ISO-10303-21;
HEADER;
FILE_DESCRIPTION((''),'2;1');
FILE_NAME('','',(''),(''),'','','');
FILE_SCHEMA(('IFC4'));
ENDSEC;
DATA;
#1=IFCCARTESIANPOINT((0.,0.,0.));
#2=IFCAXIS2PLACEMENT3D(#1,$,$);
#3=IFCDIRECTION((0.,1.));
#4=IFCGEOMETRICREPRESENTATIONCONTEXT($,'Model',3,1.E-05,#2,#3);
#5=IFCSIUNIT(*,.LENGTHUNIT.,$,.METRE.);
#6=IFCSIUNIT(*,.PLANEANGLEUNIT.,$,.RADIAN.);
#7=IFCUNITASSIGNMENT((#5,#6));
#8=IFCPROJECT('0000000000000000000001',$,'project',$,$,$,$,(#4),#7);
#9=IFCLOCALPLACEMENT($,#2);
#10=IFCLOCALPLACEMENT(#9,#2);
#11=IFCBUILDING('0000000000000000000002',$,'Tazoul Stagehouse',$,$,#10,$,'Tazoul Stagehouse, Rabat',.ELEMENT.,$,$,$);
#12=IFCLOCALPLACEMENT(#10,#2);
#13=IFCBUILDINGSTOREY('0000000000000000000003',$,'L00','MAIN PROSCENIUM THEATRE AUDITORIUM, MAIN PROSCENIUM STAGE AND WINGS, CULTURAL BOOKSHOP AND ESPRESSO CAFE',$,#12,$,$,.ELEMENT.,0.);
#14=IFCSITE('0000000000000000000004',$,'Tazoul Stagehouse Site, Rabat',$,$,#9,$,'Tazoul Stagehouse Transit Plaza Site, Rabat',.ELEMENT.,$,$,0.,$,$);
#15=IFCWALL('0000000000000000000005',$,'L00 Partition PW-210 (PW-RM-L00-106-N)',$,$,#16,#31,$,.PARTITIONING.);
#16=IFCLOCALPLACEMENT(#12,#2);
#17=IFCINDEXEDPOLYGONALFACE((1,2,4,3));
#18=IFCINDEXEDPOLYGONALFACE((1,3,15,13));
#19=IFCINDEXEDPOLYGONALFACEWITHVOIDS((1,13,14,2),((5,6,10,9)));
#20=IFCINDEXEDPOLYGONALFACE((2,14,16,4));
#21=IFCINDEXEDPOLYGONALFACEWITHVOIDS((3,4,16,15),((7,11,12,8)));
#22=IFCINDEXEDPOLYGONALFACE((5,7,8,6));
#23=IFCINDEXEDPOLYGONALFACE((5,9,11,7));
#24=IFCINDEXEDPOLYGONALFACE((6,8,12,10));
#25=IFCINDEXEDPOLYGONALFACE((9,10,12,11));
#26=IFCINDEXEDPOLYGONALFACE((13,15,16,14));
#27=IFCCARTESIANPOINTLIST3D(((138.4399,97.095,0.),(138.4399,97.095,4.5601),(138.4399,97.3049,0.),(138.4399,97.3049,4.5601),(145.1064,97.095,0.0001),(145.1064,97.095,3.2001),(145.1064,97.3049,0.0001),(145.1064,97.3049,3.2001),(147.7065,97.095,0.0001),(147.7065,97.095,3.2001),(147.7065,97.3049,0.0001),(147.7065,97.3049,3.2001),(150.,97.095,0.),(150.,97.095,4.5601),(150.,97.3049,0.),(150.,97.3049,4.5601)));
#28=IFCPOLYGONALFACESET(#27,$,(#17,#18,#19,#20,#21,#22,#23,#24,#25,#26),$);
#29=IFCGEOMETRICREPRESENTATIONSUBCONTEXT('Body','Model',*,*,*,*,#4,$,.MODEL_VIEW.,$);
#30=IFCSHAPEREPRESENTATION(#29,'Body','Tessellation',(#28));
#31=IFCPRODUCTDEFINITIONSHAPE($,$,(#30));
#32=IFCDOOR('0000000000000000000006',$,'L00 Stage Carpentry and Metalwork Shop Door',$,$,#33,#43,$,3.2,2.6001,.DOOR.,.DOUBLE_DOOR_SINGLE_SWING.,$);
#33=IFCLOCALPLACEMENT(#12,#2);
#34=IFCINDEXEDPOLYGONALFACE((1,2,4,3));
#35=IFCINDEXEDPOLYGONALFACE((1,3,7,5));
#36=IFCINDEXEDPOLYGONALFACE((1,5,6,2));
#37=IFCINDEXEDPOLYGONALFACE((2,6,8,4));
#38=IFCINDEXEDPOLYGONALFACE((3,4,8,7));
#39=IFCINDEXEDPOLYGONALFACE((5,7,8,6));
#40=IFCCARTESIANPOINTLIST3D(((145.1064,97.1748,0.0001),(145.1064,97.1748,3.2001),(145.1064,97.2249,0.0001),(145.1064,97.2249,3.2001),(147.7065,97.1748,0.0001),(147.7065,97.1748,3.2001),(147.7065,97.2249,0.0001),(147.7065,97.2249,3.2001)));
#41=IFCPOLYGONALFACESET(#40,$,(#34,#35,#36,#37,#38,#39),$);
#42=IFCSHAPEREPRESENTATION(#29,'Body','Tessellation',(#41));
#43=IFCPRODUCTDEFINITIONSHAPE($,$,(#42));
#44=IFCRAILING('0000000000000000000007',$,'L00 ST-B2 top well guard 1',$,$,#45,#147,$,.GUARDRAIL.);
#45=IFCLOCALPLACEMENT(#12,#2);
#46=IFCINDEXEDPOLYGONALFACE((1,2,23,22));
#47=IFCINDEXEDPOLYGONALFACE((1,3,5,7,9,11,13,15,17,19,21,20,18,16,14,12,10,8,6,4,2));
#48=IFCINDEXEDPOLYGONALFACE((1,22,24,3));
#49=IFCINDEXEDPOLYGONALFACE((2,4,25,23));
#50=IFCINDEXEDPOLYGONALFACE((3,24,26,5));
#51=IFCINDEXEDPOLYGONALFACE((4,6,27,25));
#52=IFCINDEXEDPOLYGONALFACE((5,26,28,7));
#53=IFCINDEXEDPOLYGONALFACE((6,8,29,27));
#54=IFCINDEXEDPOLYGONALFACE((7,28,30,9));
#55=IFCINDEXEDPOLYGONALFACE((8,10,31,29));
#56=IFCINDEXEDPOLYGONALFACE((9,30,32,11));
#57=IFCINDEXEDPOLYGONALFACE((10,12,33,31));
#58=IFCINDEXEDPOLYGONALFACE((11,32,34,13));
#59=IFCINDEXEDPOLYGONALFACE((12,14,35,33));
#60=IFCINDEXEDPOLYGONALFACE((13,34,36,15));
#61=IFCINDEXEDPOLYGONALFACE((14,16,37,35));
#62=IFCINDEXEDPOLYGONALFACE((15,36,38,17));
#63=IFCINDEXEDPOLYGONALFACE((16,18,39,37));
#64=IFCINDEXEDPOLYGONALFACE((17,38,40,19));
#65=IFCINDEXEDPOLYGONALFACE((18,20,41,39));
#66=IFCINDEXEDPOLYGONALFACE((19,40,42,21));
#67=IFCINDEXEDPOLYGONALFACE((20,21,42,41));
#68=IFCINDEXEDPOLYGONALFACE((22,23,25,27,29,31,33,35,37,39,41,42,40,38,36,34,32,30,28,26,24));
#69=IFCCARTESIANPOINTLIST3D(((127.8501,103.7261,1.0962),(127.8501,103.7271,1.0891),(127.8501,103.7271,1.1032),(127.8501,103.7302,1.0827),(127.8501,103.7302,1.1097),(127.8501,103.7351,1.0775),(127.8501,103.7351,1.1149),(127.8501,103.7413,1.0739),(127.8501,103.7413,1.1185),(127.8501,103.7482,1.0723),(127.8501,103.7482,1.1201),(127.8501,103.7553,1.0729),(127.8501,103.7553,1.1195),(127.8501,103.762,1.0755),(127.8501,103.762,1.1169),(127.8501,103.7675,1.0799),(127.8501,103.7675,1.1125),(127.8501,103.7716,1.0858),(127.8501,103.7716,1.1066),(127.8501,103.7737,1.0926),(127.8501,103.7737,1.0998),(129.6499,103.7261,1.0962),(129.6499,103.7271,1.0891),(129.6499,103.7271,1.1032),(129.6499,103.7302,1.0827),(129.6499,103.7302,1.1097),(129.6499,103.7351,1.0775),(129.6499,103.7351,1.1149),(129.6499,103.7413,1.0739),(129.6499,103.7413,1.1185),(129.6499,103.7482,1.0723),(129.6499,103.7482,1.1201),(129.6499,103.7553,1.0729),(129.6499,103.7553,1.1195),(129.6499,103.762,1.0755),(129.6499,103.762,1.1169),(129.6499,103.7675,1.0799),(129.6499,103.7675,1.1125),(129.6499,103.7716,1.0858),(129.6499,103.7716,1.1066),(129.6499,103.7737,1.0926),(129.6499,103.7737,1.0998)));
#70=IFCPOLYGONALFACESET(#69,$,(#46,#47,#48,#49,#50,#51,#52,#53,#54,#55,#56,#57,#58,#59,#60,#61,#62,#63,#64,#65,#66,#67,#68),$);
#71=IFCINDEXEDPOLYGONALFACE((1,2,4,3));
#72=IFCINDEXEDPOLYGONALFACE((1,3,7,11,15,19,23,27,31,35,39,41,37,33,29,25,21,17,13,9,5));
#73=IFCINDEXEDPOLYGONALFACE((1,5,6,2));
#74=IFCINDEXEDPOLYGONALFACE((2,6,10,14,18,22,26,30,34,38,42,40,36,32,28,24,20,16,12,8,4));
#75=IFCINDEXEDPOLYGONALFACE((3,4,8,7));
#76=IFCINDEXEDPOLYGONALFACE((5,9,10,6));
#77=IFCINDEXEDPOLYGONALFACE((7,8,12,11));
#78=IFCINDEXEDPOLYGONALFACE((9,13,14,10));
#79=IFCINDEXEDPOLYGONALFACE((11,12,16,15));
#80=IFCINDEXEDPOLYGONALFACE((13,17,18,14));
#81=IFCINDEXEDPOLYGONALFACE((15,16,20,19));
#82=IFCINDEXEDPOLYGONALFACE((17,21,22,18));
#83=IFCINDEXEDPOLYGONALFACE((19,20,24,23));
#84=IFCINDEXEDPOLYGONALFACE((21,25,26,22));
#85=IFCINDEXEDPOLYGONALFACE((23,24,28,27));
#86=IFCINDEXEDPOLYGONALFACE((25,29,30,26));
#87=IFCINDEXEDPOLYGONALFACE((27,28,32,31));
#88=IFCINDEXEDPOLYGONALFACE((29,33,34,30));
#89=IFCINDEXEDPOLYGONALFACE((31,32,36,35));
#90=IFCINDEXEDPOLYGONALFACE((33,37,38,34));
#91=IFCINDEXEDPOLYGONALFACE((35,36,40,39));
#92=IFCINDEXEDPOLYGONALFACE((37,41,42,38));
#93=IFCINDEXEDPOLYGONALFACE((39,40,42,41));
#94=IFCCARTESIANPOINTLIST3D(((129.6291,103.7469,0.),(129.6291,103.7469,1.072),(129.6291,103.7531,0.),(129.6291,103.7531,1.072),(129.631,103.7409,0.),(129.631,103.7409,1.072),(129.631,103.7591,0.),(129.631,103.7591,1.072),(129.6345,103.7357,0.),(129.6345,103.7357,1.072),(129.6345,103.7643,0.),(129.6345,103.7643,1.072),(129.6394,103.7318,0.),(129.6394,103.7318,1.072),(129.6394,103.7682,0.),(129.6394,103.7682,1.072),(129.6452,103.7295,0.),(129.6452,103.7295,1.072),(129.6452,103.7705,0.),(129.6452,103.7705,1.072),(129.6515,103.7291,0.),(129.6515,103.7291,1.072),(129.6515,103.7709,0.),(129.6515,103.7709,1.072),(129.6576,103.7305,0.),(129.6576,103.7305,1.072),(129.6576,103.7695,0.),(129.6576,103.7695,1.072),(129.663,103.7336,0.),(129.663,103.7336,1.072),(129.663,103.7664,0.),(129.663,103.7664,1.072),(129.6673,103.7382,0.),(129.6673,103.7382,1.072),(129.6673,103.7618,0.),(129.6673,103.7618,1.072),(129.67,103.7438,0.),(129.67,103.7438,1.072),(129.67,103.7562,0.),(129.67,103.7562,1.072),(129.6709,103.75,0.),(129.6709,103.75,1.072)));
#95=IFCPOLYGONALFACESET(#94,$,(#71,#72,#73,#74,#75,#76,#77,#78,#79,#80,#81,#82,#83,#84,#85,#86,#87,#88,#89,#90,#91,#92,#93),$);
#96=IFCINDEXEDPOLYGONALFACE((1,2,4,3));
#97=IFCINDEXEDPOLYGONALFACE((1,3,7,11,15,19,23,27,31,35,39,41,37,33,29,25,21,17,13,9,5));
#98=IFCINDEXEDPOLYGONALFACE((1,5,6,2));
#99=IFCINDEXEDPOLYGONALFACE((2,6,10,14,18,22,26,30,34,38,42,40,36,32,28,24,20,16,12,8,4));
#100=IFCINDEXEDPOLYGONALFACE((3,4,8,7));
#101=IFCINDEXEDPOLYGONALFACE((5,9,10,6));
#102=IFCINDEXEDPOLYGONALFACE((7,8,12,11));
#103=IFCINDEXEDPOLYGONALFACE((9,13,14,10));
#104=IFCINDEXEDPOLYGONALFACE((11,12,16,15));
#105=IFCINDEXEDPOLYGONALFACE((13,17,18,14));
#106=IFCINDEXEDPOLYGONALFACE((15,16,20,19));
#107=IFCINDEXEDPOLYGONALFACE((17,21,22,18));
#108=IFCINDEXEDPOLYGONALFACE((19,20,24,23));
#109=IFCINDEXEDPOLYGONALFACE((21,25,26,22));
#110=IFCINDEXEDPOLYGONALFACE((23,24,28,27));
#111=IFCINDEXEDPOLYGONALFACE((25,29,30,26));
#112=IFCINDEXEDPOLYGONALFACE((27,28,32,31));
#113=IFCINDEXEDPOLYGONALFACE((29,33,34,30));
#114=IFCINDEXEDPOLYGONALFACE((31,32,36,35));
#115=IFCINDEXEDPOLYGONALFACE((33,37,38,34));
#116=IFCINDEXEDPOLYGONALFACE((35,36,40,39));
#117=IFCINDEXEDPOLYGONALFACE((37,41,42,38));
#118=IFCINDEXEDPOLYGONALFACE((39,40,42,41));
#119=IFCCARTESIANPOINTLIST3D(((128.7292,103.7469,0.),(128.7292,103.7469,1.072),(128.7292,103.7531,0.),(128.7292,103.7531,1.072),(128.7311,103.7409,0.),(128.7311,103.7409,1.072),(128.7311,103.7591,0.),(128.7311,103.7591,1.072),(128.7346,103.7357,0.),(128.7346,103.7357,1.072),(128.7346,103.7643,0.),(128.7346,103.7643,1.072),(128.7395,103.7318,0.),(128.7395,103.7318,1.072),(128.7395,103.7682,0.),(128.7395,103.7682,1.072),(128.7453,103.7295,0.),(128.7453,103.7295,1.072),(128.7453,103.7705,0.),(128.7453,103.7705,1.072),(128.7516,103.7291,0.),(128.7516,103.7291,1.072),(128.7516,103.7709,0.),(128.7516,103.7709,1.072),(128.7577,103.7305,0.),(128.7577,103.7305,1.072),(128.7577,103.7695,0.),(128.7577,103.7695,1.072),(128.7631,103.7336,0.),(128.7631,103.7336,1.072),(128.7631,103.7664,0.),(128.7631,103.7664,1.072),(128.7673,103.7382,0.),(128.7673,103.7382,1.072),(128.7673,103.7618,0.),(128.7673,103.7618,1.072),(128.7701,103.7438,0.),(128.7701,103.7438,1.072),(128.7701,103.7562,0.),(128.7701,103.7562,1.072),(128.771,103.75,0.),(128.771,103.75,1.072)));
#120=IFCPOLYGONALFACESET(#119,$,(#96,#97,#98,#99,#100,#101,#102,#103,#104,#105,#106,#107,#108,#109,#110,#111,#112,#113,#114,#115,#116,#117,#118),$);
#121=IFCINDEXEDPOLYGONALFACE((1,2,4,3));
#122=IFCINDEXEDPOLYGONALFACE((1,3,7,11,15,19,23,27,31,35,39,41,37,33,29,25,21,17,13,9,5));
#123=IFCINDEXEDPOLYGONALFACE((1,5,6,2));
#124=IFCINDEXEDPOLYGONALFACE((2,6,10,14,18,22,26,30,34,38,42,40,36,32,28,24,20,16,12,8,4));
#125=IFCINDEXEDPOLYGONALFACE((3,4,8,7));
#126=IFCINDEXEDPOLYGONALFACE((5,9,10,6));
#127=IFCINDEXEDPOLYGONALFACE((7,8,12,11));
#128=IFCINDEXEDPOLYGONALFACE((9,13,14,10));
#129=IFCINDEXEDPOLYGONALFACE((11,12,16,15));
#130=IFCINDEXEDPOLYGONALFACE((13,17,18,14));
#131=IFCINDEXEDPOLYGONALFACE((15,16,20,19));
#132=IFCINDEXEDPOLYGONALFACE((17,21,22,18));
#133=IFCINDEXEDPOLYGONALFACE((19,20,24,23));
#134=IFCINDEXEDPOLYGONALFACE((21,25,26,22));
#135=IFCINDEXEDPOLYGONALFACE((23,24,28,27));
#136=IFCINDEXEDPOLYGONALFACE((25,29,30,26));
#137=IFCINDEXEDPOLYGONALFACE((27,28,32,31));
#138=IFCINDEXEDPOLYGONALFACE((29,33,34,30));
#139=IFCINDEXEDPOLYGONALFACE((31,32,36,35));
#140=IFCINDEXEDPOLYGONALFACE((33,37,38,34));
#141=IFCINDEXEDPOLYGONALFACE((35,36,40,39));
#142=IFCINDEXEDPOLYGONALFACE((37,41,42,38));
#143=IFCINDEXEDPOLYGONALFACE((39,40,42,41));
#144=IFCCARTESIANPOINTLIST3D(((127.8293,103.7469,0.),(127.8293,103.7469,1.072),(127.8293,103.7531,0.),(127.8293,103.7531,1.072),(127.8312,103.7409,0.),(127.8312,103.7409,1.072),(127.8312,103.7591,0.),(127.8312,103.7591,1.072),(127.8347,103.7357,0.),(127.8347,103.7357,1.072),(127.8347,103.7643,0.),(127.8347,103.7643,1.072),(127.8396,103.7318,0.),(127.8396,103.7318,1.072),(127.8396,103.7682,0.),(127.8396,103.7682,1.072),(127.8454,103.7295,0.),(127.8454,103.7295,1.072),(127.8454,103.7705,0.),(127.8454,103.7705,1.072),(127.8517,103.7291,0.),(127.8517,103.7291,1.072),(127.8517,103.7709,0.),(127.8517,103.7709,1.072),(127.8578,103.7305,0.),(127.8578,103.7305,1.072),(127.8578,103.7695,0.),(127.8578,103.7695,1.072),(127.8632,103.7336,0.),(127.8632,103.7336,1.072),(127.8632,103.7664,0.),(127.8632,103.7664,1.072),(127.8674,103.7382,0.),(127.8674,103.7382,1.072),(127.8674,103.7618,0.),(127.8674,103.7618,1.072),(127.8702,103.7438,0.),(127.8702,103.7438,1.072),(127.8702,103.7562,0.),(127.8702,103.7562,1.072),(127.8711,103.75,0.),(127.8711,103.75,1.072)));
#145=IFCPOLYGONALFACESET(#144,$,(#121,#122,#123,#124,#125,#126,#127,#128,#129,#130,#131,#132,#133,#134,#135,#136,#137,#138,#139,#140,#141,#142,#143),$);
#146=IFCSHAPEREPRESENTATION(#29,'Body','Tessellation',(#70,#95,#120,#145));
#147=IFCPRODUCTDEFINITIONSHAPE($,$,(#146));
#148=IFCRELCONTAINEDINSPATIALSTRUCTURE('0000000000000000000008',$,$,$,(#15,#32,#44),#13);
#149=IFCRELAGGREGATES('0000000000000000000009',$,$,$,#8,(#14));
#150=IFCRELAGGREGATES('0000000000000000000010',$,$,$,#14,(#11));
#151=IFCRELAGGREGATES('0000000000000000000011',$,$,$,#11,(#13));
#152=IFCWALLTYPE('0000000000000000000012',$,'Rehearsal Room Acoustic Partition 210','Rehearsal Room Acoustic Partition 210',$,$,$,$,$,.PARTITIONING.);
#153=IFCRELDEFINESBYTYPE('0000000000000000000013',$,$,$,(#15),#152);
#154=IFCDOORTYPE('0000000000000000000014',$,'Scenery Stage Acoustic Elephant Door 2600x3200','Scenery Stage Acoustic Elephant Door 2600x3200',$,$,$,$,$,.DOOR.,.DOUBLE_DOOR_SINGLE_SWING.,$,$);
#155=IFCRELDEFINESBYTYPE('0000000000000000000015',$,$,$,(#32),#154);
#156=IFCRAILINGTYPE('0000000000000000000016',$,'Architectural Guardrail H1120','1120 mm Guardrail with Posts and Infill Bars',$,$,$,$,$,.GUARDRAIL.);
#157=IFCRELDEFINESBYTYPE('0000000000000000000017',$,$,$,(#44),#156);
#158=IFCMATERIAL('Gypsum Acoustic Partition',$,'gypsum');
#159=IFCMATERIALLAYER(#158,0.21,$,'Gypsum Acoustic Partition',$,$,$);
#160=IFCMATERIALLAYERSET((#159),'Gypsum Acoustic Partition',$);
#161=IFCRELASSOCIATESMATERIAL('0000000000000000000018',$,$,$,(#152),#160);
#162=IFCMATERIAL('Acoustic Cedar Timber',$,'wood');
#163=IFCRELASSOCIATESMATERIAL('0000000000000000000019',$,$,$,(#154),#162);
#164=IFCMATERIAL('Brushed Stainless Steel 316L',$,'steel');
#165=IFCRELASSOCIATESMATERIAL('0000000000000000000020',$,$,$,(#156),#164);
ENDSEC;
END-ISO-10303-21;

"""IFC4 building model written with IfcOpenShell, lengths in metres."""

from ifc_helpers import new_model, si_unit, direction, frame, frame_2d, origin, origin_2d, place, context, subcontext, project, spatial, rectangle, circle, extrude, material, layer, layer_set, material_profile, profile_set, type_object, element, fill, save


model = new_model("IFC4")

# Units and contexts
model_context = context("Model", 3, precision=1e-05, world=origin(), true_north=direction((0.0, 1.0)))
body_context = subcontext(model_context, "Body", "Model", "MODEL_VIEW")
ifc_project = project(units=[si_unit("LENGTHUNIT", "METRE"), si_unit("PLANEANGLEUNIT", "RADIAN")], contexts=[model_context])

# Site, building, storey
site_placement = place(None, origin())
site = spatial("IfcSite", under=ifc_project, at=site_placement, Name="Tazoul Stagehouse Site, Rabat", LongName="Tazoul Stagehouse Transit Plaza Site, Rabat", CompositionType="ELEMENT", RefElevation=0.0)
building_placement = place(site_placement, origin())
building = spatial("IfcBuilding", under=site, at=building_placement, Name="Tazoul Stagehouse", LongName="Tazoul Stagehouse, Rabat", CompositionType="ELEMENT")
storey_placement = place(building_placement, origin())
storey = spatial("IfcBuildingStorey", under=building, at=storey_placement, Name="L00", Description="MAIN PROSCENIUM THEATRE AUDITORIUM, MAIN PROSCENIUM STAGE AND WINGS, CULTURAL BOOKSHOP AND ESPRESSO CAFE", CompositionType="ELEMENT", Elevation=0.0)

# Wall, opening, door
ifc_material_1 = material(Name="Gypsum Acoustic Partition", Category="gypsum")
ifc_layer_1 = layer(ifc_material_1, 0.21, Name="Gypsum Acoustic Partition")
ifc_layer_set_1 = layer_set([ifc_layer_1], Name="Gypsum Acoustic Partition")
wall_type_1 = type_object("IfcWallType", Name="Rehearsal Room Acoustic Partition 210", Description="Rehearsal Room Acoustic Partition 210", PredefinedType="PARTITIONING", material=ifc_layer_set_1)
wall_1_placement = place(storey_placement, frame((138.4399, 97.2, 0.0), z_axis=(0.0, 0.0, 1.0), x_axis=(1.0, 0.0, 0.0)))
wall_1 = element("IfcWall", 1, at=wall_1_placement, inside=storey, type_object=wall_type_1, Name="L00 Partition PW-210 (PW-RM-L00-106-N)", PredefinedType="PARTITIONING", context=body_context, shape_type="SweptSolid", body=[
    extrude(rectangle(XDim=11.5601, YDim=0.21, at=frame_2d((5.78, 0.0))), origin(), (0.0, 0.0, 1.0), 4.5601),
])
opening_1_placement = place(wall_1_placement, frame((6.6665, 0.0, 0.0)))
opening_1 = element("IfcOpeningElement", 2, at=opening_1_placement, cuts=wall_1, PredefinedType="OPENING", context=body_context, shape_type="SweptSolid", body=[
    extrude(rectangle(XDim=2.6001, YDim=3.2, at=frame_2d((1.3, 1.6001))), frame((0.0, 0.125, 0.0), z_axis=(0.0, -1.0, 0.0), x_axis=(1.0, 0.0, 0.0)), (0.0, 0.0, 1.0), 0.25),
])
ifc_material_2 = material(Name="Acoustic Cedar Timber", Category="wood")
door_type_1 = type_object("IfcDoorType", Name="Scenery Stage Acoustic Elephant Door 2600x3200", Description="Scenery Stage Acoustic Elephant Door 2600x3200", OperationType="DOUBLE_DOOR_SINGLE_SWING", PredefinedType="DOOR", material=ifc_material_2)
door_1_placement = place(opening_1_placement, origin())
door_1 = element("IfcDoor", 3, at=door_1_placement, inside=storey, type_object=door_type_1, Name="L00 Stage Carpentry and Metalwork Shop Door", OperationType="DOUBLE_DOOR_SINGLE_SWING", OverallHeight=3.2, OverallWidth=2.6001, PredefinedType="DOOR", context=body_context, shape_type="SweptSolid", body=[
    extrude(rectangle(XDim=2.6001, YDim=3.2, at=frame_2d((1.3, 1.6001))), frame((0.0, 0.0249, 0.0), z_axis=(0.0, -1.0, 0.0), x_axis=(1.0, 0.0, 0.0)), (0.0, 0.0, 1.0), 0.05),
])
fill(opening_1, door_1)

# Railing
ifc_material_3 = material(Name="Brushed Stainless Steel 316L", Category="steel")
ifc_material_profile_1 = material_profile(ifc_material_3, circle(Radius=0.0239, at=origin_2d()), Name="SS RAIL D48")
ifc_profile_set_1 = profile_set([ifc_material_profile_1], Name="Brushed Stainless Steel 316L")
railing_type = type_object("IfcRailingType", Name="Architectural Guardrail H1120", Description="1120 mm Guardrail with Posts and Infill Bars", PredefinedType="GUARDRAIL", material=ifc_profile_set_1)
railing_1_placement = place(storey_placement, frame((129.6499, 103.75, 0.0)))
element("IfcRailing", 4, at=railing_1_placement, inside=storey, type_object=railing_type, Name="L00 ST-B2 top well guard 1", PredefinedType="GUARDRAIL", context=body_context, shape_type="SweptSolid", body=[
    extrude(circle(Radius=0.0239, at=origin_2d()), frame((0.0, 0.0, 1.0962), z_axis=(-1.0, 0.0, 0.0), x_axis=(0.0, -1.0, 0.0)), (0.0, 0.0, 1.0), 1.7998),
    extrude(circle(Radius=0.021, at=origin_2d()), origin(), (0.0, 0.0, 1.0), 1.072),
    extrude(circle(Radius=0.021, at=origin_2d()), frame((-0.8999, 0.0, 0.0)), (0.0, 0.0, 1.0), 1.072),
    extrude(circle(Radius=0.021, at=origin_2d()), frame((-1.7998, 0.0, 0.0)), (0.0, 0.0, 1.0), 1.072),
])

save(model, "model.ifc")
